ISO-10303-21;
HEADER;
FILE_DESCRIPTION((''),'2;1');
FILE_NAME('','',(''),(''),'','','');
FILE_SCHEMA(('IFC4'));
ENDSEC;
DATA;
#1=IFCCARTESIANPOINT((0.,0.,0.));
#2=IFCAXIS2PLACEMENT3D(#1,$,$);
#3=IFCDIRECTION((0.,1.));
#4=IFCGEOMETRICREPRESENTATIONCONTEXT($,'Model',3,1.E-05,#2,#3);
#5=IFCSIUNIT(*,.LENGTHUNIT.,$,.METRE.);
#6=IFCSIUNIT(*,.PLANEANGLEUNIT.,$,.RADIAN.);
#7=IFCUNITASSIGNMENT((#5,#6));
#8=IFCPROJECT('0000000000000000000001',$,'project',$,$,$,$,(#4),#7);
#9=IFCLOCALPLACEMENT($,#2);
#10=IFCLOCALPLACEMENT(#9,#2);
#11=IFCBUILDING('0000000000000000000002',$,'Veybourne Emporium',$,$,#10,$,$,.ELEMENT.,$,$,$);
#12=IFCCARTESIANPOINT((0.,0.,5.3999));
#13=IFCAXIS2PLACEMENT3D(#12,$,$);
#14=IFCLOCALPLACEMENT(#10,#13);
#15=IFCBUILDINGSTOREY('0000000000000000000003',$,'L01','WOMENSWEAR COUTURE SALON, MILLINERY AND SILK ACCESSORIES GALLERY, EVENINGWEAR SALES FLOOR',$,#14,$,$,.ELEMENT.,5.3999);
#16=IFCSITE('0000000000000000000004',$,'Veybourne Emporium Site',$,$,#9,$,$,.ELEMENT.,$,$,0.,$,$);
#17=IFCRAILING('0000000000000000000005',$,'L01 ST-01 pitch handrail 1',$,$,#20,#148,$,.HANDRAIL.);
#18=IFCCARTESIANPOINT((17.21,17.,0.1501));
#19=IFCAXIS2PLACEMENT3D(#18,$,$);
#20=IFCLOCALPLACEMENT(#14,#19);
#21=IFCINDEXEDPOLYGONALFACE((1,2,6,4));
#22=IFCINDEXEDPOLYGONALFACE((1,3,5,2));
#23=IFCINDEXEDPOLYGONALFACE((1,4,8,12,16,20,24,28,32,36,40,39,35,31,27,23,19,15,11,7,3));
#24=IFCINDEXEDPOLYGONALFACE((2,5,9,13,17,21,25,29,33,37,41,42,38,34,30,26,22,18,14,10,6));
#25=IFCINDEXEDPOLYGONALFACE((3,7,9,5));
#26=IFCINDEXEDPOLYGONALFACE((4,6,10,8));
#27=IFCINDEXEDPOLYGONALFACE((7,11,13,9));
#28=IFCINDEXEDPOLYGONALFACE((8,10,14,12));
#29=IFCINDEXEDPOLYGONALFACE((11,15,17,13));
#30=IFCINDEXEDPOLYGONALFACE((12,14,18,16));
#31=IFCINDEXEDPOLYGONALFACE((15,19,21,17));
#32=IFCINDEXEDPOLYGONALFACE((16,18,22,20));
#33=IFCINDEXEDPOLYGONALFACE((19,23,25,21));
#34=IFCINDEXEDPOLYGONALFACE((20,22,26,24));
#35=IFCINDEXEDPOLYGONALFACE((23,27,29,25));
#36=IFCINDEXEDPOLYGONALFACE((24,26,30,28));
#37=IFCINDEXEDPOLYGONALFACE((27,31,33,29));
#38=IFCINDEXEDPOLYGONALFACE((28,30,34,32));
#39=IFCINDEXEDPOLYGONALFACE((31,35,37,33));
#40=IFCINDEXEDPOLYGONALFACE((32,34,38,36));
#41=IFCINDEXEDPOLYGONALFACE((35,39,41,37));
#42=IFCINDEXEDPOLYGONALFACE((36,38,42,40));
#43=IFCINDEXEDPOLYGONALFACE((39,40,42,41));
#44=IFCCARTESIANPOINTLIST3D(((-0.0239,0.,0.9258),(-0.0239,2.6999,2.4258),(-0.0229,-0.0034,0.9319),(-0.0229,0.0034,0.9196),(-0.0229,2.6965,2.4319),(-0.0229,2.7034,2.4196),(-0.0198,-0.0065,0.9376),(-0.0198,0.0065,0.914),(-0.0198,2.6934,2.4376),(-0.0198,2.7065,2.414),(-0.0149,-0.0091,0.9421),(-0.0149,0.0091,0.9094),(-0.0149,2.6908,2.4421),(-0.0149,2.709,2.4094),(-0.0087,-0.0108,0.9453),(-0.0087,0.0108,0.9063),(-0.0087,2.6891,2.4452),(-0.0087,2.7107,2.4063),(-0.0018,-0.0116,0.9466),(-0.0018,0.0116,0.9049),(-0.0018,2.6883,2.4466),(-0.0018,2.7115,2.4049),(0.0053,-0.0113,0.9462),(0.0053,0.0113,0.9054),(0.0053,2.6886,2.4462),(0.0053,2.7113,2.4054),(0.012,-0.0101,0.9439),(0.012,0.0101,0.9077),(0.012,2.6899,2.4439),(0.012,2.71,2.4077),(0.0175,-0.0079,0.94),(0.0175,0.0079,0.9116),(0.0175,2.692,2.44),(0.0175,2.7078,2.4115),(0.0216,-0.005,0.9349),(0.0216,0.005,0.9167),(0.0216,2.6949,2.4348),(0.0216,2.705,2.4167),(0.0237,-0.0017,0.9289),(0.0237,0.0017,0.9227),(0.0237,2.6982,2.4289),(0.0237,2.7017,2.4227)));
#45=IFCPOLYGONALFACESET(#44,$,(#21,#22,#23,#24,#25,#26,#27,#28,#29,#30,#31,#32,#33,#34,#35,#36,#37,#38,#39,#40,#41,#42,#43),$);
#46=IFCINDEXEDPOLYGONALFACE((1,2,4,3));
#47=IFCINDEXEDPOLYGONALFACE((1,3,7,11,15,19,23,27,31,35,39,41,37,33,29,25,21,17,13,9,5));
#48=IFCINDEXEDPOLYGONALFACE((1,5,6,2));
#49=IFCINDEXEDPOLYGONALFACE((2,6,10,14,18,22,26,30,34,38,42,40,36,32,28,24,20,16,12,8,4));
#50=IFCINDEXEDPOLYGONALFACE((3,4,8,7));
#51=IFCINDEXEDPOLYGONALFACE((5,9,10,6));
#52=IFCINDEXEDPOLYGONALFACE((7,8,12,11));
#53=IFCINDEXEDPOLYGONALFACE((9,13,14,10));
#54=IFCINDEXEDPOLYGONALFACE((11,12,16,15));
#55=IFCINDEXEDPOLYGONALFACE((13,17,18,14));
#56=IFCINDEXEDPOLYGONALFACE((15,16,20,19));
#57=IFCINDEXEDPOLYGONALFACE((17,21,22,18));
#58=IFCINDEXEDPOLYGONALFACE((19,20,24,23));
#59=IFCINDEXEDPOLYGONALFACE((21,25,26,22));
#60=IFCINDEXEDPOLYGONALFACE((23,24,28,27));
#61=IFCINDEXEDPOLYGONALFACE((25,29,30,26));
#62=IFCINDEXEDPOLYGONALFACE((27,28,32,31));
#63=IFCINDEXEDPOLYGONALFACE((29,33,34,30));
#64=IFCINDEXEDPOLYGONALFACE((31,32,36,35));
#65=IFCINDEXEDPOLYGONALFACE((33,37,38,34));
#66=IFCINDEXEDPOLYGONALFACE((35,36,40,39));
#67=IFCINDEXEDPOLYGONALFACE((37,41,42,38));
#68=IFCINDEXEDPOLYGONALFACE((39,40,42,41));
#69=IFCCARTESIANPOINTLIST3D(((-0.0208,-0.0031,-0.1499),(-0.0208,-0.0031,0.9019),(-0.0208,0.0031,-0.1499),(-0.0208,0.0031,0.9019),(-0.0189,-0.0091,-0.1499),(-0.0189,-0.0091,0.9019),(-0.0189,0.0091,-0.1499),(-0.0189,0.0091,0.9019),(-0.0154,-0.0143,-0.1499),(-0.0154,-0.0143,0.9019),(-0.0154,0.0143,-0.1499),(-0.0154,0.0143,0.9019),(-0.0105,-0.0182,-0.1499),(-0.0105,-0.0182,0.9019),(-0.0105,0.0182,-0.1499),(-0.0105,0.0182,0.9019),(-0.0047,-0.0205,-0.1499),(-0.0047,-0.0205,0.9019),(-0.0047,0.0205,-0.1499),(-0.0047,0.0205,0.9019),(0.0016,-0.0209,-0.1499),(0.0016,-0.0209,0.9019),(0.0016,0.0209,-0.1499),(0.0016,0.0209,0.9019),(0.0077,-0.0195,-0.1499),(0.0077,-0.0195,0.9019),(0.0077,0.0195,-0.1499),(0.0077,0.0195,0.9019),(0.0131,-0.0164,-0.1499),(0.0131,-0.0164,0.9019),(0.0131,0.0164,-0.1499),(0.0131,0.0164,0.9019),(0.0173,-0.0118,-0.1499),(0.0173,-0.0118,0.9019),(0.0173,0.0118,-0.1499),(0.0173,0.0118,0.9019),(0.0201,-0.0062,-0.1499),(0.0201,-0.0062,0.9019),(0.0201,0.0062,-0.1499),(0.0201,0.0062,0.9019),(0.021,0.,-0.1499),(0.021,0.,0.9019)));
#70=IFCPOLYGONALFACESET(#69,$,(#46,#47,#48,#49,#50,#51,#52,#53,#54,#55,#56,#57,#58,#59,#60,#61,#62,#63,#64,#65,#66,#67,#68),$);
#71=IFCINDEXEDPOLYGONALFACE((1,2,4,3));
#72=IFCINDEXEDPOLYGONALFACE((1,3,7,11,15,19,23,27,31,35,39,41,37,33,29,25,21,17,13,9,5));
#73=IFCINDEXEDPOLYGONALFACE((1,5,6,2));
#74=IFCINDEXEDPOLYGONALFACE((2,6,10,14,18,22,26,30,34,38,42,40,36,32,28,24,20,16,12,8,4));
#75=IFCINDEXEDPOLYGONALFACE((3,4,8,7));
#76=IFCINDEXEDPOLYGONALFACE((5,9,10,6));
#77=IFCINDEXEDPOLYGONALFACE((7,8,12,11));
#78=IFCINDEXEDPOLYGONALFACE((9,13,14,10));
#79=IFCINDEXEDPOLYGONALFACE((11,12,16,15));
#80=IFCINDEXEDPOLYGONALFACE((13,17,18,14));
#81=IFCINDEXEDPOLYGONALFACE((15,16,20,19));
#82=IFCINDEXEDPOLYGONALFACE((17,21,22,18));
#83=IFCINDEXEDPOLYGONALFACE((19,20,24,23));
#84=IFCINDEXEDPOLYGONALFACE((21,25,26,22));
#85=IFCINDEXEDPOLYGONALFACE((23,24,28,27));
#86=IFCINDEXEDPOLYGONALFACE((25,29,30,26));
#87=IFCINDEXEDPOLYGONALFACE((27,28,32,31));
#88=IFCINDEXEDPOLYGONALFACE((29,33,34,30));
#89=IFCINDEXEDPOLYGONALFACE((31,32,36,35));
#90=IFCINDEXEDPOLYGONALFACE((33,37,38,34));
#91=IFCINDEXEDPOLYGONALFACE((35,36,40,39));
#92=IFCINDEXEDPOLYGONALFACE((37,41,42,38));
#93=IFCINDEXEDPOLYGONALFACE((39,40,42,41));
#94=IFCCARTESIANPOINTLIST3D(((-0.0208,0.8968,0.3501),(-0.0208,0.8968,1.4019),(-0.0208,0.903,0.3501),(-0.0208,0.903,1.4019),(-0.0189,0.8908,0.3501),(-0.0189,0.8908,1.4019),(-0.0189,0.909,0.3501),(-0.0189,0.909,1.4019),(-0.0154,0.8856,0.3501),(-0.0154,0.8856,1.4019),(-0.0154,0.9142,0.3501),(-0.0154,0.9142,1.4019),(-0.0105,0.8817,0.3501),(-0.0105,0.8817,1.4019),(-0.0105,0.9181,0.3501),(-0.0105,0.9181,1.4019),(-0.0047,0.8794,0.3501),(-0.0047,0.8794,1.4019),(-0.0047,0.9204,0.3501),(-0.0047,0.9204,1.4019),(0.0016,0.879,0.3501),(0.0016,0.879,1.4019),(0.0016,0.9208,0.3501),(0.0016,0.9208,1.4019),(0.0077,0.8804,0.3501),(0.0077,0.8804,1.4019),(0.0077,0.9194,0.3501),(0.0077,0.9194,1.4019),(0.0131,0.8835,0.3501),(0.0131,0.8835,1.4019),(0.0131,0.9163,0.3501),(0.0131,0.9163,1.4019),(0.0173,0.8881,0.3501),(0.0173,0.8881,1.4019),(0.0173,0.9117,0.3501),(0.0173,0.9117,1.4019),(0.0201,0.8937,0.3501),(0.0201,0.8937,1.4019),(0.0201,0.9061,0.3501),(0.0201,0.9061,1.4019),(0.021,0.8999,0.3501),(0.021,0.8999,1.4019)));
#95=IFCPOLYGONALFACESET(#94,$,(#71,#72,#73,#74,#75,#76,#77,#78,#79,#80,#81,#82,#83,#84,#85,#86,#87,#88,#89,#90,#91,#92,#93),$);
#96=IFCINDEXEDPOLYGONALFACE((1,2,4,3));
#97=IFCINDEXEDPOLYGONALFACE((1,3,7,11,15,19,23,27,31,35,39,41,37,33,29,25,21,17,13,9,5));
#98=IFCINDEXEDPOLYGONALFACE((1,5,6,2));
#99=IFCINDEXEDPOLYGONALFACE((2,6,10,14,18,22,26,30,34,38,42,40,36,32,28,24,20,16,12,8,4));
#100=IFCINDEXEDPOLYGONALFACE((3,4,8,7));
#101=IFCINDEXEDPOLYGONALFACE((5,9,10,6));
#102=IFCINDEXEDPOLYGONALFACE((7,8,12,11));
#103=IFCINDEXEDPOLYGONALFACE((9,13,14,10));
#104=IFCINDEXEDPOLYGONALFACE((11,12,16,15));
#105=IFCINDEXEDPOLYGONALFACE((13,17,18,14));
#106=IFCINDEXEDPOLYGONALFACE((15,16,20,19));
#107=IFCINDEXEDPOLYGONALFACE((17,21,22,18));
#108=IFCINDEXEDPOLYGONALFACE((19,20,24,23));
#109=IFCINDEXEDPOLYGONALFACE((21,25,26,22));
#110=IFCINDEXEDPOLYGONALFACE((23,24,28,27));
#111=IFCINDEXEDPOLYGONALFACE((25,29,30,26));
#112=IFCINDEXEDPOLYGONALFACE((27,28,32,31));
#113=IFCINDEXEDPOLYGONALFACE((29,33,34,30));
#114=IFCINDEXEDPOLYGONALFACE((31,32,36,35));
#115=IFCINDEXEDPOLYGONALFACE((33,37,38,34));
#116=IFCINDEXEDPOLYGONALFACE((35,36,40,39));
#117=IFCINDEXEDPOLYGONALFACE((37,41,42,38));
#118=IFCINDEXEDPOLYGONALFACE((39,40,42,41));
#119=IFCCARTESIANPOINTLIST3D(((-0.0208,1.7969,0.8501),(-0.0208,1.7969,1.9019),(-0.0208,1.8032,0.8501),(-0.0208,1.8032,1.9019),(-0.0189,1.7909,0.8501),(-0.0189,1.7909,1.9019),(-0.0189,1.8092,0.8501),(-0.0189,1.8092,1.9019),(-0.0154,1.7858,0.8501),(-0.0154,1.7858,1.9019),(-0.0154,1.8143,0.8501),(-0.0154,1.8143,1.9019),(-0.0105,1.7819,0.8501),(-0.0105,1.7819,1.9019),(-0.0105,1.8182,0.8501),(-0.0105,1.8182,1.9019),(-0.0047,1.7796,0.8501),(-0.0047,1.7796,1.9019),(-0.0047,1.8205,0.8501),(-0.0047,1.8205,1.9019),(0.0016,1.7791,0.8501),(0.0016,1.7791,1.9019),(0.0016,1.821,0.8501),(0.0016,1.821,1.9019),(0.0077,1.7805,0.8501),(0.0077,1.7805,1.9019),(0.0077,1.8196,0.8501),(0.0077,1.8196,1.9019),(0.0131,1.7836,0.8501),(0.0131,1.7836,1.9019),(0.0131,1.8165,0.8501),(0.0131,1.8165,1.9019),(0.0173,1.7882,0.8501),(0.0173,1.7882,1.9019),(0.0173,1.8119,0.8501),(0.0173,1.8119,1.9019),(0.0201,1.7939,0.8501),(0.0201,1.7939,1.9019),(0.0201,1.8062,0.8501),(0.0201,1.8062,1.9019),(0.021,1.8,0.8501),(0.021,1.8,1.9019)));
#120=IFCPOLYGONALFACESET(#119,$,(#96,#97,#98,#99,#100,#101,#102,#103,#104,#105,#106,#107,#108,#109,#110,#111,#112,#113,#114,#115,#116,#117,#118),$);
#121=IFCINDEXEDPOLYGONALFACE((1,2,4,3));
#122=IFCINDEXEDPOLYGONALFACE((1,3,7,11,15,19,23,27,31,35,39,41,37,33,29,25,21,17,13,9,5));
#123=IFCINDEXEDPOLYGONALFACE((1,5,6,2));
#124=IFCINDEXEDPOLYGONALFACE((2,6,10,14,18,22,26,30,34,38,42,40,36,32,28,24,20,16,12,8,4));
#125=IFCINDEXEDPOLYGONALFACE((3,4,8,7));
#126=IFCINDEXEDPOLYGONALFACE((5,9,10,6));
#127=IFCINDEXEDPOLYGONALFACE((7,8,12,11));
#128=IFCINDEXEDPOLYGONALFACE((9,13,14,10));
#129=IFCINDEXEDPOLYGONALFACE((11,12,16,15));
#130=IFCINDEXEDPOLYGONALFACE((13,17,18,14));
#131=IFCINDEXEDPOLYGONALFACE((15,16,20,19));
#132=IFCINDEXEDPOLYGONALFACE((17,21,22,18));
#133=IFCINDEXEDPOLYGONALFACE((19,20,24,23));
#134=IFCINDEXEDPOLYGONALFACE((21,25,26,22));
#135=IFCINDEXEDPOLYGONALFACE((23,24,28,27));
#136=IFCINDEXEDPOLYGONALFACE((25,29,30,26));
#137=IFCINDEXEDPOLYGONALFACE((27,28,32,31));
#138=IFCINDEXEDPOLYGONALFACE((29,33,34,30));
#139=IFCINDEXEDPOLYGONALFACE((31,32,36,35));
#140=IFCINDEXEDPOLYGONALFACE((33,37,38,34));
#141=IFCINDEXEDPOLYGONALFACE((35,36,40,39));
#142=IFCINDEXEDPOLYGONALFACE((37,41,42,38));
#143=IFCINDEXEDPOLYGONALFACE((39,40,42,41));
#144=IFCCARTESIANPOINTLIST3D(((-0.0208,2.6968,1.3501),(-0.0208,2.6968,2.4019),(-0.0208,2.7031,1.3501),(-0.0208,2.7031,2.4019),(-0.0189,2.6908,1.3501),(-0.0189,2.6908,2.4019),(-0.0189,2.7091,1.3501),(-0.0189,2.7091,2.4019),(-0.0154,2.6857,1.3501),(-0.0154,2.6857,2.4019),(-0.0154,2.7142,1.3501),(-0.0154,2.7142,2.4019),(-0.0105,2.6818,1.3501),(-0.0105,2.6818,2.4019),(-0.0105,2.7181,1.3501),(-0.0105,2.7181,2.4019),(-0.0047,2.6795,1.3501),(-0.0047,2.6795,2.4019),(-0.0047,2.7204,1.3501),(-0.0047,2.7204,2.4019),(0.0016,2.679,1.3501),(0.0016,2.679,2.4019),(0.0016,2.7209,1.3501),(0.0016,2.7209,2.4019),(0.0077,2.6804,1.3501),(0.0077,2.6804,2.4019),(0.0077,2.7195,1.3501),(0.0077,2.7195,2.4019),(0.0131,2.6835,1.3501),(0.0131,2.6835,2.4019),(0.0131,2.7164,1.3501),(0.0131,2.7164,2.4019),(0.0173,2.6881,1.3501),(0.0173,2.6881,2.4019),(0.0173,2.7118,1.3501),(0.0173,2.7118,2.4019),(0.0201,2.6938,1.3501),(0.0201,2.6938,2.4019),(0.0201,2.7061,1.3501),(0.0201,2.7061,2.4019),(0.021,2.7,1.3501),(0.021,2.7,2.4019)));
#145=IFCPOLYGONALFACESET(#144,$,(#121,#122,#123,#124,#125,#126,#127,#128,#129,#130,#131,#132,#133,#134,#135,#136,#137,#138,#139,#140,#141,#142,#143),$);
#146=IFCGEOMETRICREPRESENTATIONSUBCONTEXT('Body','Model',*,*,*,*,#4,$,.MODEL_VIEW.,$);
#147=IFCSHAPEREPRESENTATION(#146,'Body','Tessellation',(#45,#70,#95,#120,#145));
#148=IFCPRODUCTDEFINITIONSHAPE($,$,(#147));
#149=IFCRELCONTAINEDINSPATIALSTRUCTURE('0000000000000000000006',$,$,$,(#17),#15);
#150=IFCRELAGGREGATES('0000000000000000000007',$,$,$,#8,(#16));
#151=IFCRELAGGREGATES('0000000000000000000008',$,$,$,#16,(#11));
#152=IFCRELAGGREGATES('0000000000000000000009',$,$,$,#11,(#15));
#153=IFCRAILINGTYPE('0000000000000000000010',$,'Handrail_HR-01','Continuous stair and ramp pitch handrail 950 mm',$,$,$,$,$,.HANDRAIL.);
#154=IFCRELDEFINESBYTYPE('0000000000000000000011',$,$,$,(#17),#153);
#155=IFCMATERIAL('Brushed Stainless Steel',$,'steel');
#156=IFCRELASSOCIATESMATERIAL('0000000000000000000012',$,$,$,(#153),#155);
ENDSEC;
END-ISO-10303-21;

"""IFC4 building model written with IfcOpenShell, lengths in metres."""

from ifc_helpers import new_model, si_unit, direction, frame, origin, origin_2d, place, context, subcontext, project, spatial, circle, extrude, material, type_object, element, save


model = new_model("IFC4")

# Units and contexts
model_context = context("Model", 3, precision=1e-05, world=origin(), true_north=direction((0.0, 1.0)))
body_context = subcontext(model_context, "Body", "Model", "MODEL_VIEW")
ifc_project = project(units=[si_unit("LENGTHUNIT", "METRE"), si_unit("PLANEANGLEUNIT", "RADIAN")], contexts=[model_context])

# Site, building, storey
site_placement = place(None, origin())
site = spatial("IfcSite", under=ifc_project, at=site_placement, Name="Veybourne Emporium Site", CompositionType="ELEMENT", RefElevation=0.0)
building_placement = place(site_placement, origin())
building = spatial("IfcBuilding", under=site, at=building_placement, Name="Veybourne Emporium", CompositionType="ELEMENT")
storey_placement = place(building_placement, frame((0.0, 0.0, 5.3999)))
storey = spatial("IfcBuildingStorey", under=building, at=storey_placement, Name="L01", Description="WOMENSWEAR COUTURE SALON, MILLINERY AND SILK ACCESSORIES GALLERY, EVENINGWEAR SALES FLOOR", CompositionType="ELEMENT", Elevation=5.3999)

# Railing
ifc_material_1 = material(Name="Brushed Stainless Steel", Category="steel")
railing_type_1 = type_object("IfcRailingType", Name="Handrail_HR-01", Description="Continuous stair and ramp pitch handrail 950 mm", PredefinedType="HANDRAIL", material=ifc_material_1)
railing_1_placement = place(storey_placement, frame((17.21, 17.0, 0.1501)))
element("IfcRailing", 1, at=railing_1_placement, inside=storey, type_object=railing_type_1, Name="L01 ST-01 pitch handrail 1", PredefinedType="HANDRAIL", context=body_context, shape_type="SweptSolid", body=[
    extrude(circle(Radius=0.0239, at=origin_2d()), frame((0.0, 0.0, 0.9258), z_axis=(0.0, 0.874154, 0.48565), x_axis=(-1.0, 0.0, 0.0)), (0.0, 0.0, 1.0), 3.0886),
    extrude(circle(Radius=0.021, at=origin_2d()), frame((0.0, 0.0, -0.1499)), (0.0, 0.0, 1.0), 1.0518),
    extrude(circle(Radius=0.021, at=origin_2d()), frame((0.0, 0.8999, 0.3501)), (0.0, 0.0, 1.0), 1.0518),
    extrude(circle(Radius=0.021, at=origin_2d()), frame((0.0, 1.8, 0.8501)), (0.0, 0.0, 1.0), 1.0518),
    extrude(circle(Radius=0.021, at=origin_2d()), frame((0.0, 2.7, 1.3501)), (0.0, 0.0, 1.0), 1.0518),
])

save(model, "model.ifc")
